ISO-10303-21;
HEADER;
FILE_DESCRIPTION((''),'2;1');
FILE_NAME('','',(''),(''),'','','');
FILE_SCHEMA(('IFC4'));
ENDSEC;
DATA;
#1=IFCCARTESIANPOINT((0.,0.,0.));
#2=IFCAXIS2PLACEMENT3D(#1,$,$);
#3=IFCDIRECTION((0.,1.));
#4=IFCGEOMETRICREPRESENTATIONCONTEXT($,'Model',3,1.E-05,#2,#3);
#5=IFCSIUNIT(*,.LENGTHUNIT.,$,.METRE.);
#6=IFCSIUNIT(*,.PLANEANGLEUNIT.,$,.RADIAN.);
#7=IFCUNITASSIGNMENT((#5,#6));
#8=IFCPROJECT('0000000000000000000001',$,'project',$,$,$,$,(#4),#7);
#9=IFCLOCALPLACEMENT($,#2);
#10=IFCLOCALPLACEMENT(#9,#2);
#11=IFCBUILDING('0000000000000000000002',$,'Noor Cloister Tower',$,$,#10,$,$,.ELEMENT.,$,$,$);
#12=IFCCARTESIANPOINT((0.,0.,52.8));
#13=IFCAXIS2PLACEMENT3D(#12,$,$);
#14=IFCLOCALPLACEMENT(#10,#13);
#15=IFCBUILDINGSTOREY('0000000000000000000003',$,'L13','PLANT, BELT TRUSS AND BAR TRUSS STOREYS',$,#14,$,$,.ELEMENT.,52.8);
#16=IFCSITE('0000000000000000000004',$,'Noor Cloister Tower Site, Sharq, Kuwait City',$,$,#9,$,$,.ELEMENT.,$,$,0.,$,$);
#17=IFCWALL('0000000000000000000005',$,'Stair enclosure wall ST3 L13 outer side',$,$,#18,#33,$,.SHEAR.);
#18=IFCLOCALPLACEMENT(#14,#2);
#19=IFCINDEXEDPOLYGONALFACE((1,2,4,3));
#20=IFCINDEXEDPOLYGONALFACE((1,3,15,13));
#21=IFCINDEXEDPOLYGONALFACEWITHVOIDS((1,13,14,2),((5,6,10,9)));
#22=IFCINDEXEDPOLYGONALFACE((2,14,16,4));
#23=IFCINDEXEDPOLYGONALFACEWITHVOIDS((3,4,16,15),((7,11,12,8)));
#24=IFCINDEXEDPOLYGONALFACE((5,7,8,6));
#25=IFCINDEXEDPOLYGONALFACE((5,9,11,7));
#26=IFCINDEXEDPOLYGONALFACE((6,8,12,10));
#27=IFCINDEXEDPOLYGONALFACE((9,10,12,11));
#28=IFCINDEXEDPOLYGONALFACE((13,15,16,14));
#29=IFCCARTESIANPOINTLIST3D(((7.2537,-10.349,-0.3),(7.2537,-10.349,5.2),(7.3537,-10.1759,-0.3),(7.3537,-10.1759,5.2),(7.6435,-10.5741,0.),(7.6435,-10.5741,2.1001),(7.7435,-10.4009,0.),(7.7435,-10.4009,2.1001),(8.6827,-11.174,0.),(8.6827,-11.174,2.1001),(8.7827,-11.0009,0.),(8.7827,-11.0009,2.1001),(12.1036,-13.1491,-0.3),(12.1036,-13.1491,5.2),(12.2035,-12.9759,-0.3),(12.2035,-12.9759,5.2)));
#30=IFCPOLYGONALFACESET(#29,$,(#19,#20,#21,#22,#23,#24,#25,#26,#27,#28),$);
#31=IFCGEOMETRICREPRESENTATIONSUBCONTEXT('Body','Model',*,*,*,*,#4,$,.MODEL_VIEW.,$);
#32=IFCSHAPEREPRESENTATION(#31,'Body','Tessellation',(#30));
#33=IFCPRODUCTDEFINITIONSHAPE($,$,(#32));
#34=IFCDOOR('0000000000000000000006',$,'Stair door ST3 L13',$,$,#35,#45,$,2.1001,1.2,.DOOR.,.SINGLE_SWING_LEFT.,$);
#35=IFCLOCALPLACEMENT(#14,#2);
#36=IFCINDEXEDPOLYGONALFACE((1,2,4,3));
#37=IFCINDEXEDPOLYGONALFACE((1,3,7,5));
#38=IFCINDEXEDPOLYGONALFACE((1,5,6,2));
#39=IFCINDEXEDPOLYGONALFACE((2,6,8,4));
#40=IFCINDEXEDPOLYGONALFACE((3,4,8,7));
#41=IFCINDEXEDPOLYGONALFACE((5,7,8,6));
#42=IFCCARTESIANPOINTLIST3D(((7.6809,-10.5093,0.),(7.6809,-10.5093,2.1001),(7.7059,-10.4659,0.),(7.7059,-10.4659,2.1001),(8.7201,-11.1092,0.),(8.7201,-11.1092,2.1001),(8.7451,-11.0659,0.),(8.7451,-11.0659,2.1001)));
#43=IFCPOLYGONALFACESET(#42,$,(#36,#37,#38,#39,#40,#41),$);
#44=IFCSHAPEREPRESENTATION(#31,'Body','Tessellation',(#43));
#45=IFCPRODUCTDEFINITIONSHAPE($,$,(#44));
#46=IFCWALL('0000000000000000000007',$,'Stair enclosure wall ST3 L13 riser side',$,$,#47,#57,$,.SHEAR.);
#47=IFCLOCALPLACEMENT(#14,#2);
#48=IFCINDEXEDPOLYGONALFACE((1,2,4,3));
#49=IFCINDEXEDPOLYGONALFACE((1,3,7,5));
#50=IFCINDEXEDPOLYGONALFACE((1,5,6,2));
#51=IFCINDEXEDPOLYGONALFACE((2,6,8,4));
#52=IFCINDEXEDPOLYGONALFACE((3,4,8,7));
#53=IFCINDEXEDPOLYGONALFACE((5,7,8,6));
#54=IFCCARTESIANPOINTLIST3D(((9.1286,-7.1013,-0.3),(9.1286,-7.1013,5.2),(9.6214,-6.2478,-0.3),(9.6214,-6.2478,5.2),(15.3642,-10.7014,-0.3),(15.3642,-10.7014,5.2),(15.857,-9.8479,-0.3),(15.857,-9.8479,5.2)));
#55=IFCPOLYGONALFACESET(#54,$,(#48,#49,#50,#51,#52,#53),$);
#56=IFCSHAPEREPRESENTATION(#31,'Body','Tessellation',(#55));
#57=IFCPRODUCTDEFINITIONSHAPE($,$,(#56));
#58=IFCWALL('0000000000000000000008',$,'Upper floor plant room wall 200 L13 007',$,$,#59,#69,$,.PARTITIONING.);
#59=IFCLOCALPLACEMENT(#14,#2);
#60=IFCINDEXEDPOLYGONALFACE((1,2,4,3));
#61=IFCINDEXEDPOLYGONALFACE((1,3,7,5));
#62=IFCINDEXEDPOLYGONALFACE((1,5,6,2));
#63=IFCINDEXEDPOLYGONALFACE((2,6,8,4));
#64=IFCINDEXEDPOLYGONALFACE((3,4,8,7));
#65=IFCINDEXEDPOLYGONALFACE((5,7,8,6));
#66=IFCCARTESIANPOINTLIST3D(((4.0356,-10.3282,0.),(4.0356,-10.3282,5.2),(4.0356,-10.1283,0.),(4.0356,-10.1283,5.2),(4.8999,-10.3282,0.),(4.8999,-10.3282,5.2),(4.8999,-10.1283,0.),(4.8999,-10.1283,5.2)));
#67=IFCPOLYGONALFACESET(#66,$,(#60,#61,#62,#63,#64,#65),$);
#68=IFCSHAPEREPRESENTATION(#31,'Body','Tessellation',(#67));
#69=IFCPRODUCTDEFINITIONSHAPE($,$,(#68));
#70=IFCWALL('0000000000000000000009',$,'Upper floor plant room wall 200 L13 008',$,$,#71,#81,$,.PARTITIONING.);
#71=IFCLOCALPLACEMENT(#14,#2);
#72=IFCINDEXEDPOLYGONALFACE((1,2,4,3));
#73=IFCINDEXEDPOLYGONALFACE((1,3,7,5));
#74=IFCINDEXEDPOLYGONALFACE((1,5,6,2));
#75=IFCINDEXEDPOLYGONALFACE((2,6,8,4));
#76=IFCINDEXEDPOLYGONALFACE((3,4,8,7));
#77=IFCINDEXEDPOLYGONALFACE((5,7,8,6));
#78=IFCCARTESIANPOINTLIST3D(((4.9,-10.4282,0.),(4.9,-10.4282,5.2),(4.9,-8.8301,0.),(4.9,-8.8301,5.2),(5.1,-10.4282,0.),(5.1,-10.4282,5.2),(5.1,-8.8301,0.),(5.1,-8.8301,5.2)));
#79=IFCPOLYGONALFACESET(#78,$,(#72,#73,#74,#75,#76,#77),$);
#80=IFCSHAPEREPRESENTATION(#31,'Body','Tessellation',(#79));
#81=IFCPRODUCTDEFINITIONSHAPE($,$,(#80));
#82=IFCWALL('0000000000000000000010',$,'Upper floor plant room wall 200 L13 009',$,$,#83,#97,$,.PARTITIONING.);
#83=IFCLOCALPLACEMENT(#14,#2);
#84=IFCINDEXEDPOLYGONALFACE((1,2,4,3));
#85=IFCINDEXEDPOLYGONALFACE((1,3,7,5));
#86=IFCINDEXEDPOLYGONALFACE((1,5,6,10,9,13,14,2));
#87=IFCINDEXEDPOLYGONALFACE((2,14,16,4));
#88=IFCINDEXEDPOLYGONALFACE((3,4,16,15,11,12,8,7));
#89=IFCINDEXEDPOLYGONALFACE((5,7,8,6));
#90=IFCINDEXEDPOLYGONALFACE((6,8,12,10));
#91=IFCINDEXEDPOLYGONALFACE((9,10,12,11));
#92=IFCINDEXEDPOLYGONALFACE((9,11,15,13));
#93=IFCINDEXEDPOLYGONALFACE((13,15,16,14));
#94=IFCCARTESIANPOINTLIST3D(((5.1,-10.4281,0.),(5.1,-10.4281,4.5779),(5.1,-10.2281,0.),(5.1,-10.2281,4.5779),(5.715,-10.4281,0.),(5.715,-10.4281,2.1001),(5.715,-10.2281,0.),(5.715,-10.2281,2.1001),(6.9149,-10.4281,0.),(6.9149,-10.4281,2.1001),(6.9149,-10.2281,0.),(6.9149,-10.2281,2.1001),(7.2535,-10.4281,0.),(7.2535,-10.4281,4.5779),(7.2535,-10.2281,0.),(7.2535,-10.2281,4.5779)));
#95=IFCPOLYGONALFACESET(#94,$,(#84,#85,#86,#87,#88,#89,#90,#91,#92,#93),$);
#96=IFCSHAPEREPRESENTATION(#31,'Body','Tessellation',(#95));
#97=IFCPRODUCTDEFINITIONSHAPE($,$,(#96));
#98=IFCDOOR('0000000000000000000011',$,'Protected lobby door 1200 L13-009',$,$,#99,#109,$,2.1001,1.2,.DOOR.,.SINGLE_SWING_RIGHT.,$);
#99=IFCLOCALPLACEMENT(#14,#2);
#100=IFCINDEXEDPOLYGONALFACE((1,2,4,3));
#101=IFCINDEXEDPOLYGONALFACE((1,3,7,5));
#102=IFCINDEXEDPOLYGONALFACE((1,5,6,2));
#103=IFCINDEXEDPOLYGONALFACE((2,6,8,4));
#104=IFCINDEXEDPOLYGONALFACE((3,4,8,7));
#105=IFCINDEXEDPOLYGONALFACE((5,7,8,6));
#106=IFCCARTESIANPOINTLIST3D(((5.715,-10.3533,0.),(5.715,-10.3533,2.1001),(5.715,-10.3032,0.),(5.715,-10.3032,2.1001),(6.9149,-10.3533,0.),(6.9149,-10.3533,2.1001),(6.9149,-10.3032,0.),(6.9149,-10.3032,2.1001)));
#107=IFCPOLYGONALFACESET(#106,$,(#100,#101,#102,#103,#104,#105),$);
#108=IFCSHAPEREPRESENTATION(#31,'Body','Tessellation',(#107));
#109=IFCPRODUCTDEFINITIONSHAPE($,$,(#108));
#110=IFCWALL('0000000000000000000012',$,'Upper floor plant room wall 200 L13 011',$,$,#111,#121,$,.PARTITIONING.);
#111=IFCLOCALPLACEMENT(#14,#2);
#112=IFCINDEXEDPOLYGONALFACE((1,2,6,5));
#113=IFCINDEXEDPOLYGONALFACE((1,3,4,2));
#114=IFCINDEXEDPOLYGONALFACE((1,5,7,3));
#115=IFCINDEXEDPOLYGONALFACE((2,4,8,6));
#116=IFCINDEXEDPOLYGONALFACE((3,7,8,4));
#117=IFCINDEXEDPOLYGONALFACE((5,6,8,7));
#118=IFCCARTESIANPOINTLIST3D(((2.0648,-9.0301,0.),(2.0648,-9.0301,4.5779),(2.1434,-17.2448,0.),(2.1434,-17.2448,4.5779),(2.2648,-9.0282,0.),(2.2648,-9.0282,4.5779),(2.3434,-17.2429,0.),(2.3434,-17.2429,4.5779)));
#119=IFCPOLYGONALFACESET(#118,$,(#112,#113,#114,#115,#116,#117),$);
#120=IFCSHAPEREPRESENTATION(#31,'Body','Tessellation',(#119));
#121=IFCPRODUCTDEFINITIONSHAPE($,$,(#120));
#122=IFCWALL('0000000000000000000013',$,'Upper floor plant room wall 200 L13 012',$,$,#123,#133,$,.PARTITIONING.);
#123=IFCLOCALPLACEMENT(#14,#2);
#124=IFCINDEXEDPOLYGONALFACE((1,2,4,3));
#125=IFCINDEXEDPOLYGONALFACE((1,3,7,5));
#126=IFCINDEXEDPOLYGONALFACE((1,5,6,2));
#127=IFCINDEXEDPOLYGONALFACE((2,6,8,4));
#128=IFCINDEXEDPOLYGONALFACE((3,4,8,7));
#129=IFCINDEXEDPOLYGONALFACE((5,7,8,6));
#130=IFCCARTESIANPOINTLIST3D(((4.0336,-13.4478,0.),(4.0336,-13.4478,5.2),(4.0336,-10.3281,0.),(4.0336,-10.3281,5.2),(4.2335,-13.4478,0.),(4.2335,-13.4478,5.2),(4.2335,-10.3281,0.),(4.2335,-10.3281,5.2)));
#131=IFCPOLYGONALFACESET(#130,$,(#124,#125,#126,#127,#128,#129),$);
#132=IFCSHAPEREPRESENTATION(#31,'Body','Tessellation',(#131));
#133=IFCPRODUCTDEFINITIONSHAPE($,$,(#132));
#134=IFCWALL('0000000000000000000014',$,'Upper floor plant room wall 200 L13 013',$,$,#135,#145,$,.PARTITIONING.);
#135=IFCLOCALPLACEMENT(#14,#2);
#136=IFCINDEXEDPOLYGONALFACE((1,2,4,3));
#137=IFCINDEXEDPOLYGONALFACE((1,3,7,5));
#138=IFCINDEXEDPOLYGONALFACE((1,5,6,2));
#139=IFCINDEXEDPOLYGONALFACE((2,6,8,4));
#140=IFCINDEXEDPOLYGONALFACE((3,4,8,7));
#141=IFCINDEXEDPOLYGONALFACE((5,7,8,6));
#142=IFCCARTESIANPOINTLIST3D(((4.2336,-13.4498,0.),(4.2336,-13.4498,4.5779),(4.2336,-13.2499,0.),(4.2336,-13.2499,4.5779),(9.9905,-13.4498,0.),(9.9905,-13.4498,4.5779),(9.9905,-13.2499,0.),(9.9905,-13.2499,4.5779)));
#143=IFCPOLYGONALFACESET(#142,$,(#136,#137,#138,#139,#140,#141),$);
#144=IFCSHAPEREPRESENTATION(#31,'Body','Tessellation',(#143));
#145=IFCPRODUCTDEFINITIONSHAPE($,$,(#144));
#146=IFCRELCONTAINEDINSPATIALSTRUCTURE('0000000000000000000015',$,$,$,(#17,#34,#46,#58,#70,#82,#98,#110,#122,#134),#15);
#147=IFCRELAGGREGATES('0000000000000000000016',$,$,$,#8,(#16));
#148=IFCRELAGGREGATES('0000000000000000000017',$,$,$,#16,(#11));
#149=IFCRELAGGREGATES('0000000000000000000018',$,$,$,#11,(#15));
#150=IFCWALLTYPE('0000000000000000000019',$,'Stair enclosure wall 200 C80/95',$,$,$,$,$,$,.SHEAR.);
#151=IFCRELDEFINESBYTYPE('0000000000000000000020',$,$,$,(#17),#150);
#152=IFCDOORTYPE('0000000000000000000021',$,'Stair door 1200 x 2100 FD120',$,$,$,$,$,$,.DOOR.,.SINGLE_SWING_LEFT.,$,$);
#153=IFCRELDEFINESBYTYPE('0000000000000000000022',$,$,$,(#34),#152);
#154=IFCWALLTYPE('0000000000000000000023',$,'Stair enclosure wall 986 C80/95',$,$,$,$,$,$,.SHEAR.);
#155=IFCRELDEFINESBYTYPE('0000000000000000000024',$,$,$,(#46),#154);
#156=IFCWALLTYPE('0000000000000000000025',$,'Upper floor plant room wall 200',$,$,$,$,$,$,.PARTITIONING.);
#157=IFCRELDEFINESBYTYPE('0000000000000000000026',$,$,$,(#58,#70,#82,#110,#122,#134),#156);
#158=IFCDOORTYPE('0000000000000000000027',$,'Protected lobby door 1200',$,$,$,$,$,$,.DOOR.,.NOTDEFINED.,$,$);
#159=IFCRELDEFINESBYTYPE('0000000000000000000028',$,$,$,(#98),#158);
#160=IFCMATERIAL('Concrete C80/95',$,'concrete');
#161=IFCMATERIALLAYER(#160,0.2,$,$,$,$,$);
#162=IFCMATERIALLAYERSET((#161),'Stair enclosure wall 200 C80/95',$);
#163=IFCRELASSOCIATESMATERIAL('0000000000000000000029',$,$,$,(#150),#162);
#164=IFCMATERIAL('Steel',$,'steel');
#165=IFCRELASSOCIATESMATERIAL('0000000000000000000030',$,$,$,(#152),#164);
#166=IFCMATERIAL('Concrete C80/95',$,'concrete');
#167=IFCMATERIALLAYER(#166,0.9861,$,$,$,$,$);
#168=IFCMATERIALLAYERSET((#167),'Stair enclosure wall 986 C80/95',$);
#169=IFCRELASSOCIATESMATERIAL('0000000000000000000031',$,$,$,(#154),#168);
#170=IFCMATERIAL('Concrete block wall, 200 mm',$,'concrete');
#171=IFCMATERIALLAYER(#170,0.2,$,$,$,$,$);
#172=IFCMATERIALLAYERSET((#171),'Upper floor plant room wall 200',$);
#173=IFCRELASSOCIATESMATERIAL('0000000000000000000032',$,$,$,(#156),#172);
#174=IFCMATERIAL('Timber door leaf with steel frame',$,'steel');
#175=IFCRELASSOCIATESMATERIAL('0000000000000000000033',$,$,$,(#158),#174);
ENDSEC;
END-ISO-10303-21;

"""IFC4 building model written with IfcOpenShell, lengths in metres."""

from ifc_helpers import new_model, si_unit, direction, frame, frame_2d, origin, place, context, subcontext, project, spatial, rectangle, extrude, material, layer, layer_set, type_object, element, fill, save


model = new_model("IFC4")

# Units and contexts
model_context = context("Model", 3, precision=1e-05, world=origin(), true_north=direction((0.0, 1.0)))
body_context = subcontext(model_context, "Body", "Model", "MODEL_VIEW")
ifc_project = project(units=[si_unit("LENGTHUNIT", "METRE"), si_unit("PLANEANGLEUNIT", "RADIAN")], contexts=[model_context])

# Site, building, storey
site_placement = place(None, origin())
site = spatial("IfcSite", under=ifc_project, at=site_placement, Name="Noor Cloister Tower Site, Sharq, Kuwait City", CompositionType="ELEMENT", RefElevation=0.0)
building_placement = place(site_placement, origin())
building = spatial("IfcBuilding", under=site, at=building_placement, Name="Noor Cloister Tower", CompositionType="ELEMENT")
storey_placement = place(building_placement, frame((0.0, 0.0, 52.8)))
storey = spatial("IfcBuildingStorey", under=building, at=storey_placement, Name="L13", Description="PLANT, BELT TRUSS AND BAR TRUSS STOREYS", CompositionType="ELEMENT", Elevation=52.8)

# Wall, opening, door
ifc_material_1 = material(Name="Concrete C80/95", Category="concrete")
ifc_layer_1 = layer(ifc_material_1, 0.2)
ifc_layer_set_1 = layer_set([ifc_layer_1], Name="Stair enclosure wall 200 C80/95")
wall_type_1 = type_object("IfcWallType", Name="Stair enclosure wall 200 C80/95", PredefinedType="SHEAR", material=ifc_layer_set_1)
ifc_material_2 = material(Name="Steel", Category="steel")
door_type_1 = type_object("IfcDoorType", Name="Stair door 1200 x 2100 FD120", OperationType="SINGLE_SWING_LEFT", PredefinedType="DOOR", material=ifc_material_2)
wall_1_placement = place(storey_placement, frame((7.3037, -10.2625, -0.3), z_axis=(0.0, 0.0, 1.0), x_axis=(0.866027, -0.499998, 0.0)))
wall_1 = element("IfcWall", 1, at=wall_1_placement, inside=storey, type_object=wall_type_1, Name="Stair enclosure wall ST3 L13 outer side", PredefinedType="SHEAR", context=body_context, shape_type="SweptSolid", body=[
    extrude(rectangle(XDim=5.6001, YDim=0.2, at=frame_2d((2.8, 0.0))), origin(), (0.0, 0.0, 1.0), 5.5),
])
opening_1_placement = place(wall_1_placement, frame((0.45, 0.0, 0.3)))
opening_1 = element("IfcOpeningElement", 2, at=opening_1_placement, cuts=wall_1, PredefinedType="OPENING", context=body_context, shape_type="SweptSolid", body=[
    extrude(rectangle(XDim=1.2, YDim=2.1001, at=frame_2d((0.6001, 1.05))), frame((0.0, 0.1099, 0.0), z_axis=(0.0, -1.0, 0.0), x_axis=(1.0, 0.0, 0.0)), (0.0, 0.0, 1.0), 0.22),
])
door_1_placement = place(opening_1_placement, origin())
door_1 = element("IfcDoor", 3, at=door_1_placement, inside=storey, type_object=door_type_1, Name="Stair door ST3 L13", OperationType="SINGLE_SWING_LEFT", OverallHeight=2.1001, OverallWidth=1.2, PredefinedType="DOOR", context=body_context, shape_type="SweptSolid", body=[
    extrude(rectangle(XDim=1.2, YDim=2.1001, at=frame_2d((0.6001, 1.05))), frame((0.0, 0.0249, 0.0), z_axis=(0.0, -1.0, 0.0), x_axis=(1.0, 0.0, 0.0)), (0.0, 0.0, 1.0), 0.05),
])
fill(opening_1, door_1)

# Walls
ifc_material_3 = material(Name="Concrete C80/95", Category="concrete")
ifc_layer_2 = layer(ifc_material_3, 0.9861)
ifc_layer_set_2 = layer_set([ifc_layer_2], Name="Stair enclosure wall 986 C80/95")
wall_type_2 = type_object("IfcWallType", Name="Stair enclosure wall 986 C80/95", PredefinedType="SHEAR", material=ifc_layer_set_2)
wall_2_placement = place(storey_placement, frame((9.375, -6.6746, -0.3), z_axis=(0.0, 0.0, 1.0), x_axis=(0.866027, -0.499997, 0.0)))
element("IfcWall", 4, at=wall_2_placement, inside=storey, type_object=wall_type_2, Name="Stair enclosure wall ST3 L13 riser side", PredefinedType="SHEAR", context=body_context, shape_type="SweptSolid", body=[
    extrude(rectangle(XDim=7.2002, YDim=0.9856, at=frame_2d((3.6001, 0.0))), origin(), (0.0, 0.0, 1.0), 5.5),
])
ifc_material_4 = material(Name="Concrete block wall, 200 mm", Category="concrete")
ifc_layer_3 = layer(ifc_material_4, 0.2)
ifc_layer_set_3 = layer_set([ifc_layer_3], Name="Upper floor plant room wall 200")
wall_type_3 = type_object("IfcWallType", Name="Upper floor plant room wall 200", PredefinedType="PARTITIONING", material=ifc_layer_set_3)
wall_3_placement = place(storey_placement, frame((4.0356, -10.2283, 0.0), z_axis=(0.0, 0.0, 1.0), x_axis=(1.0, 0.0, 0.0)))
element("IfcWall", 5, at=wall_3_placement, inside=storey, type_object=wall_type_3, Name="Upper floor plant room wall 200 L13 007", PredefinedType="PARTITIONING", context=body_context, shape_type="SweptSolid", body=[
    extrude(rectangle(XDim=0.8643, YDim=0.2, at=frame_2d((0.4321, 0.0))), origin(), (0.0, 0.0, 1.0), 5.2),
])
wall_4_placement = place(storey_placement, frame((5.0, -10.4282, 0.0), z_axis=(0.0, 0.0, 1.0), x_axis=(0.0, 1.0, 0.0)))
element("IfcWall", 6, at=wall_4_placement, inside=storey, type_object=wall_type_3, Name="Upper floor plant room wall 200 L13 008", PredefinedType="PARTITIONING", context=body_context, shape_type="SweptSolid", body=[
    extrude(rectangle(XDim=1.5981, YDim=0.2, at=frame_2d((0.7991, 0.0))), origin(), (0.0, 0.0, 1.0), 5.2),
])

# Wall, opening, door
wall_5_placement = place(storey_placement, frame((5.1001, -10.3281, 0.0), z_axis=(0.0, 0.0, 1.0), x_axis=(1.0, 0.0, 0.0)))
wall_5 = element("IfcWall", 7, at=wall_5_placement, inside=storey, type_object=wall_type_3, Name="Upper floor plant room wall 200 L13 009", PredefinedType="PARTITIONING", context=body_context, shape_type="SweptSolid", body=[
    extrude(rectangle(XDim=2.1536, YDim=0.2, at=frame_2d((1.0767, 0.0))), origin(), (0.0, 0.0, 1.0), 4.5779),
])
opening_2_placement = place(wall_5_placement, frame((0.6147, 0.0, 0.0)))
opening_2 = element("IfcOpeningElement", 8, at=opening_2_placement, cuts=wall_5, PredefinedType="OPENING", context=body_context, shape_type="SweptSolid", body=[
    extrude(rectangle(XDim=1.2, YDim=2.1001, at=frame_2d((0.6001, 1.05))), frame((0.0, 0.1099, 0.0), z_axis=(0.0, -1.0, 0.0), x_axis=(1.0, 0.0, 0.0)), (0.0, 0.0, 1.0), 0.22),
])
ifc_material_5 = material(Name="Timber door leaf with steel frame", Category="steel")
door_type_2 = type_object("IfcDoorType", Name="Protected lobby door 1200", OperationType="NOTDEFINED", PredefinedType="DOOR", material=ifc_material_5)
door_2_placement = place(opening_2_placement, origin())
door_2 = element("IfcDoor", 9, at=door_2_placement, inside=storey, type_object=door_type_2, Name="Protected lobby door 1200 L13-009", OperationType="SINGLE_SWING_RIGHT", OverallHeight=2.1001, OverallWidth=1.2, PredefinedType="DOOR", context=body_context, shape_type="SweptSolid", body=[
    extrude(rectangle(XDim=1.2, YDim=2.1001, at=frame_2d((0.6001, 1.05))), frame((0.0, 0.0249, 0.0), z_axis=(0.0, -1.0, 0.0), x_axis=(1.0, 0.0, 0.0)), (0.0, 0.0, 1.0), 0.05),
])
fill(opening_2, door_2)

# Walls
wall_6_placement = place(storey_placement, frame((2.1648, -9.0293, 0.0), z_axis=(0.0, 0.0, 1.0), x_axis=(0.00957, -0.999954, 0.0)))
element("IfcWall", 10, at=wall_6_placement, inside=storey, type_object=wall_type_3, Name="Upper floor plant room wall 200 L13 011", PredefinedType="PARTITIONING", context=body_context, shape_type="SweptSolid", body=[
    extrude(rectangle(XDim=8.2151, YDim=0.2, at=frame_2d((4.1074, 0.0))), origin(), (0.0, 0.0, 1.0), 4.5779),
])
wall_7_placement = place(storey_placement, frame((4.1335, -10.3281, 0.0), z_axis=(0.0, 0.0, 1.0), x_axis=(0.0, -1.0, 0.0)))
element("IfcWall", 11, at=wall_7_placement, inside=storey, type_object=wall_type_3, Name="Upper floor plant room wall 200 L13 012", PredefinedType="PARTITIONING", context=body_context, shape_type="SweptSolid", body=[
    extrude(rectangle(XDim=3.1196, YDim=0.2, at=frame_2d((1.5598, 0.0))), origin(), (0.0, 0.0, 1.0), 5.2),
])
wall_8_placement = place(storey_placement, frame((4.2336, -13.3499, 0.0), z_axis=(0.0, 0.0, 1.0), x_axis=(1.0, 0.0, 0.0)))
element("IfcWall", 12, at=wall_8_placement, inside=storey, type_object=wall_type_3, Name="Upper floor plant room wall 200 L13 013", PredefinedType="PARTITIONING", context=body_context, shape_type="SweptSolid", body=[
    extrude(rectangle(XDim=5.7568, YDim=0.2, at=frame_2d((2.8784, 0.0))), origin(), (0.0, 0.0, 1.0), 4.5779),
])

save(model, "model.ifc")
